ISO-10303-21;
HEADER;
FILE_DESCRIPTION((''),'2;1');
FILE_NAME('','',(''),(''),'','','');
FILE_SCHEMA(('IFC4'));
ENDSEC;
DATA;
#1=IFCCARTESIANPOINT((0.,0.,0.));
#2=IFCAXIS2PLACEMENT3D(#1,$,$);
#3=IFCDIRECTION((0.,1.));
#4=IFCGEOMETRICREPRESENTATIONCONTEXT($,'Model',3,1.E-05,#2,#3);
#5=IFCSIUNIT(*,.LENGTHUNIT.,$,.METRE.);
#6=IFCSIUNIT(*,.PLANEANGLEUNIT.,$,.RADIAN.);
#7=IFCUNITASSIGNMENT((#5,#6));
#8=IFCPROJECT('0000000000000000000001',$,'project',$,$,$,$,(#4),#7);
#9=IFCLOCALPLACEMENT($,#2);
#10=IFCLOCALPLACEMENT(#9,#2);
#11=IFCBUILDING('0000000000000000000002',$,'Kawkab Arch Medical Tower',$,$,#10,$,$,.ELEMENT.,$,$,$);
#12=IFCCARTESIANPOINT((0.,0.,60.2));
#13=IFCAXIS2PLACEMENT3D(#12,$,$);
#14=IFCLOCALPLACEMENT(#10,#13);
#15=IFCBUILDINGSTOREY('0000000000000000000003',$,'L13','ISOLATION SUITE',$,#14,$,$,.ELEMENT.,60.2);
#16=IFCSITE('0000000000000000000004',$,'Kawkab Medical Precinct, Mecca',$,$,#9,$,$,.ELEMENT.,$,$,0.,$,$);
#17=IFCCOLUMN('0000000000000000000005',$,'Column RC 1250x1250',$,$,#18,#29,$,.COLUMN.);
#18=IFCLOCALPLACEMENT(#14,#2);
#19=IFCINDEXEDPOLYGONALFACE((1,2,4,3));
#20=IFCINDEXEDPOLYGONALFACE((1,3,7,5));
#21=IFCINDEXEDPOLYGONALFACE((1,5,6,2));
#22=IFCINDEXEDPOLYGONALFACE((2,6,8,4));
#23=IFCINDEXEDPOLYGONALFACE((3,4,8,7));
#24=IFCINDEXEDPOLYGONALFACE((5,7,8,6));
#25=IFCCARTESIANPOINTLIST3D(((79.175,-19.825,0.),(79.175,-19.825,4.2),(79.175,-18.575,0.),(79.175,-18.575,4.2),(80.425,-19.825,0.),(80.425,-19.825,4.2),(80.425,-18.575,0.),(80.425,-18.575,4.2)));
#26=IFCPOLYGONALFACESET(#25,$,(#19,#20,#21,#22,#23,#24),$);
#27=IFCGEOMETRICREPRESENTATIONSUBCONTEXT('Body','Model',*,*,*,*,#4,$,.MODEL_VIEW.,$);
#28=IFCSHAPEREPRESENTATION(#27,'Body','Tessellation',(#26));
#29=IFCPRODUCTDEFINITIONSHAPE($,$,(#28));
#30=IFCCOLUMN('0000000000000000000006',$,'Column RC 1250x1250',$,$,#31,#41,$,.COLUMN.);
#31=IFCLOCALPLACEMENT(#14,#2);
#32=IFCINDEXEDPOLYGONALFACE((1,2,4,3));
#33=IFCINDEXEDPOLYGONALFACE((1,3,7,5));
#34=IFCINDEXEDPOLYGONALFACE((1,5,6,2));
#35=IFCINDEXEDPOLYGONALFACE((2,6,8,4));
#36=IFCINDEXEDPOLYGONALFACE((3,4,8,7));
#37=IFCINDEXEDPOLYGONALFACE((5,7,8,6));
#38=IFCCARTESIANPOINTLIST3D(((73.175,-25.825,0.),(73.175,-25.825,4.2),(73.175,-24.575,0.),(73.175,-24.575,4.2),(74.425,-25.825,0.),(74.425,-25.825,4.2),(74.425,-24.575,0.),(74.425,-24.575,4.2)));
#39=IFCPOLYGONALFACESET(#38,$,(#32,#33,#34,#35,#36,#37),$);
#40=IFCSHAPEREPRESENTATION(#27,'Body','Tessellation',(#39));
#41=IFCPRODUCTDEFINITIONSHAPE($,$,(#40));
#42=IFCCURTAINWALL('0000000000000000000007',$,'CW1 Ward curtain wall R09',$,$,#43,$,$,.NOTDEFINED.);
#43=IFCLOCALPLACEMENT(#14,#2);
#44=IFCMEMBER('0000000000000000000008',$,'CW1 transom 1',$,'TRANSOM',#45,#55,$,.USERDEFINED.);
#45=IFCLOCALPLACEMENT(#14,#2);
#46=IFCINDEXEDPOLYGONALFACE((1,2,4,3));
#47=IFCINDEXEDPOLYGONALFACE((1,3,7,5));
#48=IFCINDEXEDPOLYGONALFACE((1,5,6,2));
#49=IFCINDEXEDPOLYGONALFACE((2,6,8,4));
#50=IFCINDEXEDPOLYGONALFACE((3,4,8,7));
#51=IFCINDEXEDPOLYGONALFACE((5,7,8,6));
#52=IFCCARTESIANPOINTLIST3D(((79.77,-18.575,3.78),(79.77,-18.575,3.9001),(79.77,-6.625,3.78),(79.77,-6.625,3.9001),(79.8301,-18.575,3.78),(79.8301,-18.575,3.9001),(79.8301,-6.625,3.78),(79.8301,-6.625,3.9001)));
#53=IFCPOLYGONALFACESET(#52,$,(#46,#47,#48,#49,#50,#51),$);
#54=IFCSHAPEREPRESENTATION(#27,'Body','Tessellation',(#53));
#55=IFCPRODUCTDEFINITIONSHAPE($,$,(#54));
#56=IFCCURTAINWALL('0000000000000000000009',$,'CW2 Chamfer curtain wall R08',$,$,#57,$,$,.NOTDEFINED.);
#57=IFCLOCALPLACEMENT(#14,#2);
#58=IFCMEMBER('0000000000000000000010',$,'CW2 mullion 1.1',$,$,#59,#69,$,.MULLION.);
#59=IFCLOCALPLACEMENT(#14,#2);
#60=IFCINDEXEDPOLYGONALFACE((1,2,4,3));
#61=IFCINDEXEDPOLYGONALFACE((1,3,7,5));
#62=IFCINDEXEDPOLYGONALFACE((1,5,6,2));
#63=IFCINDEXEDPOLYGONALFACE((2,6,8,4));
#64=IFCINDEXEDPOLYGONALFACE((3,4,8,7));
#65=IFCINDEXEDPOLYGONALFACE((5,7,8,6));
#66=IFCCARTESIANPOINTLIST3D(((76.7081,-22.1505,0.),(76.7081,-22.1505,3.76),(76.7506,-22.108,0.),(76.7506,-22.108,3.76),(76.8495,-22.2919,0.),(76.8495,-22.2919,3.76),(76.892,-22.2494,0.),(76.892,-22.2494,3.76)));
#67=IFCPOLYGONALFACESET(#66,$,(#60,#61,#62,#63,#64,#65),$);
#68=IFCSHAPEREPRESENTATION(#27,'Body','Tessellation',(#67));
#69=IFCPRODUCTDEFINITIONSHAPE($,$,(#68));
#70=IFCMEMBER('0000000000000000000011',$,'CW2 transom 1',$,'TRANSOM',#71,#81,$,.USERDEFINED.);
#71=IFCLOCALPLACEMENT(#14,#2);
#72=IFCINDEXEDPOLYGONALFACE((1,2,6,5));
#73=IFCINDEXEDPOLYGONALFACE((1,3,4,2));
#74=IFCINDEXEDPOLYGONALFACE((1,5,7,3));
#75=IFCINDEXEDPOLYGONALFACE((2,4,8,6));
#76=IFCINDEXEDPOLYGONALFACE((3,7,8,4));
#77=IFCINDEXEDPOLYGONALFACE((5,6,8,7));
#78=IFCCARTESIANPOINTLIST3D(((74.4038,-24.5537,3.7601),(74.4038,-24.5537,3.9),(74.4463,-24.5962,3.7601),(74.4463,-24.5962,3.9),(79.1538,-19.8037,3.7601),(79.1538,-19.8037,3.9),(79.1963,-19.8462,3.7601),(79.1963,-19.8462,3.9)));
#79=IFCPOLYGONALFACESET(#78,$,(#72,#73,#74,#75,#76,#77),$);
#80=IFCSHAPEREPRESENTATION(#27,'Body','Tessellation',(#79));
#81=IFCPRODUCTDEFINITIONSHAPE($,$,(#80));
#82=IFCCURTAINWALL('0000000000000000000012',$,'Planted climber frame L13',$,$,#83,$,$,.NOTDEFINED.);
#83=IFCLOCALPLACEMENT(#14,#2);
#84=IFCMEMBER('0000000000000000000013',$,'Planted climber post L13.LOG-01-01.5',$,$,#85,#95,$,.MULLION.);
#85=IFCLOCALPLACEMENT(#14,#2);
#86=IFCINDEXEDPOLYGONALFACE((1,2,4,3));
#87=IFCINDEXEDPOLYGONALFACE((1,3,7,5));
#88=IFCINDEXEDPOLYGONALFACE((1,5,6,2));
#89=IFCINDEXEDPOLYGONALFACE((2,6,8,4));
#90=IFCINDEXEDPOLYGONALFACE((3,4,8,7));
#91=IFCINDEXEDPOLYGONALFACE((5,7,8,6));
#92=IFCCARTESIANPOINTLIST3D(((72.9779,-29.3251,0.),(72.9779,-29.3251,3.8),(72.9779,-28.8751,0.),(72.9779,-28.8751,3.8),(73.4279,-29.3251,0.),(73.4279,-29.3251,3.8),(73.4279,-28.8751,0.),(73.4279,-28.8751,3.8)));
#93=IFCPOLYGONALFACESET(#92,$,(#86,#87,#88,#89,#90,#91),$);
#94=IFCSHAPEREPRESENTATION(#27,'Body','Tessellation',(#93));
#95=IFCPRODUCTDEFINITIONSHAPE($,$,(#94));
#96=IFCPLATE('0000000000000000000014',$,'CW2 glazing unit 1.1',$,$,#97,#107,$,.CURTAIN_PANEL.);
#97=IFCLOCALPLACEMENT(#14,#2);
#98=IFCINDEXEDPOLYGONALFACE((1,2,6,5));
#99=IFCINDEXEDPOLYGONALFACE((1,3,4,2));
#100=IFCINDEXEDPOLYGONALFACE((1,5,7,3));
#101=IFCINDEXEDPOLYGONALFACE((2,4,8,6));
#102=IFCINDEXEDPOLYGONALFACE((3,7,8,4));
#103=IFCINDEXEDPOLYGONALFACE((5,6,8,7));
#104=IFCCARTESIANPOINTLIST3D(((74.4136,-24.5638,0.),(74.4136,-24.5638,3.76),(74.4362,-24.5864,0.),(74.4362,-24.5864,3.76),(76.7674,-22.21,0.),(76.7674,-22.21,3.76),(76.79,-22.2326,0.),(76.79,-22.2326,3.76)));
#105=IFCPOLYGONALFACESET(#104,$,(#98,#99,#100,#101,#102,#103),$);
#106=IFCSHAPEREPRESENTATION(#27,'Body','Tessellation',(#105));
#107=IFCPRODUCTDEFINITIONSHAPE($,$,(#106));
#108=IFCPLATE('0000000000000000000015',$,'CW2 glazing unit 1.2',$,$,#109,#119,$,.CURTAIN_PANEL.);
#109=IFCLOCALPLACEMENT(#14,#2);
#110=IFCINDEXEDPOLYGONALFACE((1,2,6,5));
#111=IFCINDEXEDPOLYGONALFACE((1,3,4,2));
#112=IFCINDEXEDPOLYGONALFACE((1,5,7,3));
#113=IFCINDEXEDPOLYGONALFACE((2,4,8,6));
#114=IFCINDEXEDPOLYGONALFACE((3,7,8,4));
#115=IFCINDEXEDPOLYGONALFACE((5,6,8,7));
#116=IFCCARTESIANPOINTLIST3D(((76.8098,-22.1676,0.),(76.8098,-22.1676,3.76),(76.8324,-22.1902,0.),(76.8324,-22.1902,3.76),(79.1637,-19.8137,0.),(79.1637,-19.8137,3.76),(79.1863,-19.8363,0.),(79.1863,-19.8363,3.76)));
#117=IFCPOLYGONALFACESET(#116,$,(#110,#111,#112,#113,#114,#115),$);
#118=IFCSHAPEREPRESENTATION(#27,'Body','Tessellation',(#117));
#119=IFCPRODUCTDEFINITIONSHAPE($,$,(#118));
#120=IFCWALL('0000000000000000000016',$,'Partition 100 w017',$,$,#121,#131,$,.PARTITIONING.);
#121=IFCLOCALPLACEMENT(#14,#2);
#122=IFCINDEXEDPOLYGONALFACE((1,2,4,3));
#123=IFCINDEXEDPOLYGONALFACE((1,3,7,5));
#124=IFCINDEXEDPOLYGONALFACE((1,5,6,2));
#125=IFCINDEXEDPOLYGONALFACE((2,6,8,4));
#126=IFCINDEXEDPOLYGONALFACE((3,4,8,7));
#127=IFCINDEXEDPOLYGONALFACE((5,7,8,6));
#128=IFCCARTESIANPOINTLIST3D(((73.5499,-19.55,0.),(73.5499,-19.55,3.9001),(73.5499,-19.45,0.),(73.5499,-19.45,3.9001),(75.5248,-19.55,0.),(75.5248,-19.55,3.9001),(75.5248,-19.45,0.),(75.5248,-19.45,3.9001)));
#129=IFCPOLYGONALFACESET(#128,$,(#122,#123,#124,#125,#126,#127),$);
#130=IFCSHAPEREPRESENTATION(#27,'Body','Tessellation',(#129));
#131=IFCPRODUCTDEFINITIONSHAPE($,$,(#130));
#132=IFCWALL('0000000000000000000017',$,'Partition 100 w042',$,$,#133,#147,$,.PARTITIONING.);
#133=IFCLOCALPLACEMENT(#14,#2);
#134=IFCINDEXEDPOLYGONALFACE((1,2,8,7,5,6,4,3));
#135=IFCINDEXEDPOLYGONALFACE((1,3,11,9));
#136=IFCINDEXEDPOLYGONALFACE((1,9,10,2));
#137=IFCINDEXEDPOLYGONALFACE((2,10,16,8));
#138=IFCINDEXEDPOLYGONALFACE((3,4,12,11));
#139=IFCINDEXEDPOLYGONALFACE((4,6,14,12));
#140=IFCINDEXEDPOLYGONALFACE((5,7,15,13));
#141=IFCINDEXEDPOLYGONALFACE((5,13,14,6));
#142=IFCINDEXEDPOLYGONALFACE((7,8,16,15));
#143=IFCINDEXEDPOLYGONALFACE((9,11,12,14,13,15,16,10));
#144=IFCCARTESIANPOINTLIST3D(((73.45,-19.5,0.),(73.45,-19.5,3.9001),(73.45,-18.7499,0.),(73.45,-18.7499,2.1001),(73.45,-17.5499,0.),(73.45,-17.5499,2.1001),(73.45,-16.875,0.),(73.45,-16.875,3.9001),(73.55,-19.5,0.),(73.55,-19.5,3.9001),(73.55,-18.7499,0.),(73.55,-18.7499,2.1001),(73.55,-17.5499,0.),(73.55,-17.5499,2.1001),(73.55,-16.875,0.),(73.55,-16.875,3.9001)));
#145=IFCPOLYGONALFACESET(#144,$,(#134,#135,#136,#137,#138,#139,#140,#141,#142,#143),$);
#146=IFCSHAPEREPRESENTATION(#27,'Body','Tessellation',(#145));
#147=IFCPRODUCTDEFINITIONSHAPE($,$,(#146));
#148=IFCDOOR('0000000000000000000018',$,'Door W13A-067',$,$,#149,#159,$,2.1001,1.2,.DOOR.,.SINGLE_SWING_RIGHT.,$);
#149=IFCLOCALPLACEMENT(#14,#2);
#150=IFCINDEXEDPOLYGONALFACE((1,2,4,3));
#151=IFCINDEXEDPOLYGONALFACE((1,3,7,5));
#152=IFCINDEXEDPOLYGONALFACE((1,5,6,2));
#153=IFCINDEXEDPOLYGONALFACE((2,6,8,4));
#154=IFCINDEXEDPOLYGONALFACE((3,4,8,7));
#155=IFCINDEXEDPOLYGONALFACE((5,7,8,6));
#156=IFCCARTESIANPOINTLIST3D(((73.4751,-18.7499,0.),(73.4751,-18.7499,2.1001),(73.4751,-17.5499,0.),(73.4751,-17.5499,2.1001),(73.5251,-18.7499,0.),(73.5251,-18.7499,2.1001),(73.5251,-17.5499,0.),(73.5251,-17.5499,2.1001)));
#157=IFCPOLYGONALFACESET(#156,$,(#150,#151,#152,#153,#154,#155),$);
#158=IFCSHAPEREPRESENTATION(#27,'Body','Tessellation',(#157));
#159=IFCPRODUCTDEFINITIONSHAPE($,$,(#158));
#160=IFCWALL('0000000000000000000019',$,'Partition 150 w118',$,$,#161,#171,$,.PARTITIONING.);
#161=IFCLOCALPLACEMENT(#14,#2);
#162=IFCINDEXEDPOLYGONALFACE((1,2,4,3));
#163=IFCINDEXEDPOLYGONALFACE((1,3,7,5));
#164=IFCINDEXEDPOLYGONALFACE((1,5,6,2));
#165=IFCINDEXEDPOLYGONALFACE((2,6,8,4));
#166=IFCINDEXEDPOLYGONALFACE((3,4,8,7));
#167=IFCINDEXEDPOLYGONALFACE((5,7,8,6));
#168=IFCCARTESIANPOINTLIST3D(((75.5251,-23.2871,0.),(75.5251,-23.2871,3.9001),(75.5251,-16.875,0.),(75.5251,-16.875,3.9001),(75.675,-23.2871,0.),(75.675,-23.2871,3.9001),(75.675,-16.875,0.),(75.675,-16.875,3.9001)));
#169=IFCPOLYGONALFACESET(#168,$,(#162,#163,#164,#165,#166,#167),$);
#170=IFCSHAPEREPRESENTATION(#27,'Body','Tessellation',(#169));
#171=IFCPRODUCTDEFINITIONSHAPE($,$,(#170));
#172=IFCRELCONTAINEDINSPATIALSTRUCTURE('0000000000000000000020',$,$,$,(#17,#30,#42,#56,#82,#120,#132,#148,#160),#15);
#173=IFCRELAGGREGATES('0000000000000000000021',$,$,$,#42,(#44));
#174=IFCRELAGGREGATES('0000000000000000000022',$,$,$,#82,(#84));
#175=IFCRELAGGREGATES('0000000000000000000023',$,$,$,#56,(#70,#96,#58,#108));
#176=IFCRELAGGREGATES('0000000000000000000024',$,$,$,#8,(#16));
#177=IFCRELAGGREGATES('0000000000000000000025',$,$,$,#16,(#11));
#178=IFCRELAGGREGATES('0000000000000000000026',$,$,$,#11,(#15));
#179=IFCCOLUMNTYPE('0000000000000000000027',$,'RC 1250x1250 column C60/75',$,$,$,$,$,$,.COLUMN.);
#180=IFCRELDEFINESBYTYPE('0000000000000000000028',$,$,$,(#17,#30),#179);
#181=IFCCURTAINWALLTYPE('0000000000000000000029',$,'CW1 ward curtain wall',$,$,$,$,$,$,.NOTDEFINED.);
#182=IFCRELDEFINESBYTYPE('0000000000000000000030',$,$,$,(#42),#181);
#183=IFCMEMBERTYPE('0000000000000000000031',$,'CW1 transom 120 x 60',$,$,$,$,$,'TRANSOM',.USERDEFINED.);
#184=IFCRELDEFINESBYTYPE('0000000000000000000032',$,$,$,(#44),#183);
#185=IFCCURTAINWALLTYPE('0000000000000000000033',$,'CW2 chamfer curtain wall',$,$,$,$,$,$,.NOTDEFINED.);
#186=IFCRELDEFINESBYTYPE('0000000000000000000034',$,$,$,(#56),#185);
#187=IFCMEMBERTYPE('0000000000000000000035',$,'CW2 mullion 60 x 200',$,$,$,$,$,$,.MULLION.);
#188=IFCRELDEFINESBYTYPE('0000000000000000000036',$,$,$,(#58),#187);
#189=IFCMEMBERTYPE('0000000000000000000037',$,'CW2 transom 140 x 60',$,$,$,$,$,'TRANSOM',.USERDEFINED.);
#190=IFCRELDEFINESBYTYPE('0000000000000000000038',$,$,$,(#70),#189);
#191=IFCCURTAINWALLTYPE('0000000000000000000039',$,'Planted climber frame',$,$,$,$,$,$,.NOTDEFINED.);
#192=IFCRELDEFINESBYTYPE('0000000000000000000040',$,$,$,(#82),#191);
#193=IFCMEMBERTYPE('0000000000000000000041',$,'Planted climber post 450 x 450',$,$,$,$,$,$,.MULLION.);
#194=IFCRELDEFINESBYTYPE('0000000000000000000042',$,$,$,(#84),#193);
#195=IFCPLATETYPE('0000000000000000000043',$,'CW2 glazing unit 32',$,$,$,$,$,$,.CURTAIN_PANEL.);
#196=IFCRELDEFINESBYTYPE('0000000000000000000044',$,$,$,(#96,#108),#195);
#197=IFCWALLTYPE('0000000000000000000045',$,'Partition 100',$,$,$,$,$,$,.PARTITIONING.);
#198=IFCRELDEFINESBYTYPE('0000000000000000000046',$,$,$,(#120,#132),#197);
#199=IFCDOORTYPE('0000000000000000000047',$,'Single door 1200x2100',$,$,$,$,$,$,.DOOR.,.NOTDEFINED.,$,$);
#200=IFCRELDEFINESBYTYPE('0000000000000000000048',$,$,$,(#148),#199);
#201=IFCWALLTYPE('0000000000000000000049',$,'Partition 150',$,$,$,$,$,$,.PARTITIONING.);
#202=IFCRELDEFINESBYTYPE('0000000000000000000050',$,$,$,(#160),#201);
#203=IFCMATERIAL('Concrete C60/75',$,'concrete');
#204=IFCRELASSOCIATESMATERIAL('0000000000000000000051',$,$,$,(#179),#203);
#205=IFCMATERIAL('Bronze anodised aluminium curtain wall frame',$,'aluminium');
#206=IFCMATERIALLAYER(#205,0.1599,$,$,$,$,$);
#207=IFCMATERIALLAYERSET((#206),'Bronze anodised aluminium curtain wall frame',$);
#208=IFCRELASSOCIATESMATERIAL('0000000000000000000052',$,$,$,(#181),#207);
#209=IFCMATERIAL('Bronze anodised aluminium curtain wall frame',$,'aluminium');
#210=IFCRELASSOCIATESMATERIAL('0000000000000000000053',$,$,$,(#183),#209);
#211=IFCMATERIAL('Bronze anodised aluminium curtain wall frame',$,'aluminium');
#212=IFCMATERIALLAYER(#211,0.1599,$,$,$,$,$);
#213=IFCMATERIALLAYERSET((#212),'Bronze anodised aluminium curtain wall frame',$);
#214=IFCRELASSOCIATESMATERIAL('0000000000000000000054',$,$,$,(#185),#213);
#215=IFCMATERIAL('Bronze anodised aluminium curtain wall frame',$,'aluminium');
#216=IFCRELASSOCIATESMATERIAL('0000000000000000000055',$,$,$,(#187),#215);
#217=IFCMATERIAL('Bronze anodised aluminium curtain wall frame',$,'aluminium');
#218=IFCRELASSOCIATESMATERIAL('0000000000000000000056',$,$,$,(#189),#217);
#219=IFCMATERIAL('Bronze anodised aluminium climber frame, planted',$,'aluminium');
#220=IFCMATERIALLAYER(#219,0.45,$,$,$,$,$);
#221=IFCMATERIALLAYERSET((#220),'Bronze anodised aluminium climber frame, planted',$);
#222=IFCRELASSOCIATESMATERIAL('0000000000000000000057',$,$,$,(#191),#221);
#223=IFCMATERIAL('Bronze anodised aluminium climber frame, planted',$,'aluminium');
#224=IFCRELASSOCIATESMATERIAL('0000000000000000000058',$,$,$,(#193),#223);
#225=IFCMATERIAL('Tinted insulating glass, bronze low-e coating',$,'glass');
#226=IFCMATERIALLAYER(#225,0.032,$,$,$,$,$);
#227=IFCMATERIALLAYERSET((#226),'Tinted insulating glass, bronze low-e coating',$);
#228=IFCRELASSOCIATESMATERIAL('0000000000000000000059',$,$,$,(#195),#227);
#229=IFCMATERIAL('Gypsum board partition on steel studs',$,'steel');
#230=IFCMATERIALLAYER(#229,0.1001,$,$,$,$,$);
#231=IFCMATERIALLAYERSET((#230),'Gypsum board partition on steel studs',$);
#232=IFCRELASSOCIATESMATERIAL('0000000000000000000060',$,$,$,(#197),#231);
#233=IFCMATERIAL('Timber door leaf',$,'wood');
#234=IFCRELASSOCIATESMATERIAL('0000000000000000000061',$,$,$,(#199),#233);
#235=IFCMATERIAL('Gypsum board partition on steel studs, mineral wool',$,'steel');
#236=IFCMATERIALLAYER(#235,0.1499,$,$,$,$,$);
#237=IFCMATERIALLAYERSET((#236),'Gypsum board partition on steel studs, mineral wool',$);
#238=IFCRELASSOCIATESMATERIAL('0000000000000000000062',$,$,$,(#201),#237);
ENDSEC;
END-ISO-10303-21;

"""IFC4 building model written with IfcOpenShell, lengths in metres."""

from ifc_helpers import new_model, si_unit, direction, frame, frame_2d, origin, origin_2d, place, context, subcontext, project, spatial, rectangle, extrude, material, layer, layer_set, material_profile, profile_set, type_object, element, fill, aggregate, save


model = new_model("IFC4")

# Units and contexts
model_context = context("Model", 3, precision=1e-05, world=origin(), true_north=direction((0.0, 1.0)))
body_context = subcontext(model_context, "Body", "Model", "MODEL_VIEW")
ifc_project = project(units=[si_unit("LENGTHUNIT", "METRE"), si_unit("PLANEANGLEUNIT", "RADIAN")], contexts=[model_context])

# Site, building, storey
site_placement = place(None, origin())
site = spatial("IfcSite", under=ifc_project, at=site_placement, Name="Kawkab Medical Precinct, Mecca", CompositionType="ELEMENT", RefElevation=0.0)
building_placement = place(site_placement, origin())
building = spatial("IfcBuilding", under=site, at=building_placement, Name="Kawkab Arch Medical Tower", CompositionType="ELEMENT")
storey_placement = place(building_placement, frame((0.0, 0.0, 60.2)))
storey = spatial("IfcBuildingStorey", under=building, at=storey_placement, Name="L13", Description="ISOLATION SUITE", CompositionType="ELEMENT", Elevation=60.2)

# Columns
ifc_material_1 = material(Name="Concrete C60/75", Category="concrete")
ifc_material_profile_1 = material_profile(ifc_material_1, rectangle(XDim=1.25, YDim=1.25, at=origin_2d()), Name="RC 1250x1250")
ifc_profile_set_1 = profile_set([ifc_material_profile_1], Name="Concrete C60/75")
column_type = type_object("IfcColumnType", Name="RC 1250x1250 column C60/75", PredefinedType="COLUMN", material=ifc_profile_set_1)
for number, where, z_axis, x_axis, name in (
    (1, (79.8, -19.2, 0.0), (0.0, 0.0, 1.0), (1.0, 0.0, 0.0), "Column RC 1250x1250"),
    (2, (73.8, -25.2, 0.0), (0.0, 0.0, 1.0), (1.0, 0.0, 0.0), "Column RC 1250x1250"),
):
    element("IfcColumn", number, at=place(storey_placement, frame(where, z_axis=z_axis, x_axis=x_axis)), inside=storey, type_object=column_type, Name=name, PredefinedType="COLUMN", context=body_context, shape_type="SweptSolid", body=[
        extrude(rectangle(XDim=1.25, YDim=1.25, at=origin_2d()), origin(), (0.0, 0.0, 1.0), 4.2),
    ])

# Curtain wall, member
ifc_material_2 = material(Name="Bronze anodised aluminium curtain wall frame", Category="aluminium")
ifc_layer_1 = layer(ifc_material_2, 0.1599)
ifc_layer_set_1 = layer_set([ifc_layer_1], Name="Bronze anodised aluminium curtain wall frame")
curtain_wall_type_1 = type_object("IfcCurtainWallType", Name="CW1 ward curtain wall", PredefinedType="NOTDEFINED", material=ifc_layer_set_1)
placement = place(storey_placement, origin())
curtain_wall_1 = element("IfcCurtainWall", 3, at=placement, inside=storey, type_object=curtain_wall_type_1, Name="CW1 Ward curtain wall R09", PredefinedType="NOTDEFINED")
ifc_material_3 = material(Name="Bronze anodised aluminium curtain wall frame", Category="aluminium")
ifc_material_profile_2 = material_profile(ifc_material_3, rectangle(XDim=0.0601, YDim=0.1201, at=origin_2d()), Name="AL 60x120")
ifc_profile_set_2 = profile_set([ifc_material_profile_2], Name="Bronze anodised aluminium curtain wall frame")
member_type_1 = type_object("IfcMemberType", Name="CW1 transom 120 x 60", ElementType="TRANSOM", PredefinedType="USERDEFINED", material=ifc_profile_set_2)
member_1_placement = place(storey_placement, frame((79.8, -18.575, 3.8401), z_axis=(0.0, 1.0, 0.0), x_axis=(-1.0, 0.0, 0.0)))
member_1 = element("IfcMember", 4, at=member_1_placement, type_object=member_type_1, Name="CW1 transom 1", ObjectType="TRANSOM", PredefinedType="USERDEFINED", context=body_context, shape_type="SweptSolid", body=[
    extrude(rectangle(XDim=0.0601, YDim=0.1201, at=origin_2d()), origin(), (0.0, 0.0, 1.0), 11.95),
])
aggregate(curtain_wall_1, [member_1])

# Curtain wall, members
ifc_material_4 = material(Name="Bronze anodised aluminium curtain wall frame", Category="aluminium")
ifc_layer_2 = layer(ifc_material_4, 0.1599)
ifc_layer_set_2 = layer_set([ifc_layer_2], Name="Bronze anodised aluminium curtain wall frame")
curtain_wall_type_2 = type_object("IfcCurtainWallType", Name="CW2 chamfer curtain wall", PredefinedType="NOTDEFINED", material=ifc_layer_set_2)
curtain_wall_2 = element("IfcCurtainWall", 5, at=placement, inside=storey, type_object=curtain_wall_type_2, Name="CW2 Chamfer curtain wall R08", PredefinedType="NOTDEFINED")
ifc_material_5 = material(Name="Bronze anodised aluminium curtain wall frame", Category="aluminium")
ifc_material_profile_3 = material_profile(ifc_material_5, rectangle(XDim=0.2, YDim=0.0601, at=origin_2d()), Name="AL 60x200")
ifc_profile_set_3 = profile_set([ifc_material_profile_3], Name="Bronze anodised aluminium curtain wall frame")
member_type_2 = type_object("IfcMemberType", Name="CW2 mullion 60 x 200", PredefinedType="MULLION", material=ifc_profile_set_3)
member_2_placement = place(storey_placement, frame((76.8, -22.2, 0.0), z_axis=(0.0, 0.0, 1.0), x_axis=(-0.707107, 0.707107, 0.0)))
member_2 = element("IfcMember", 6, at=member_2_placement, type_object=member_type_2, Name="CW2 mullion 1.1", PredefinedType="MULLION", context=body_context, shape_type="SweptSolid", body=[
    extrude(rectangle(XDim=0.2, YDim=0.0601, at=origin_2d()), origin(), (0.0, 0.0, 1.0), 3.76),
])
ifc_material_6 = material(Name="Bronze anodised aluminium curtain wall frame", Category="aluminium")
ifc_material_profile_4 = material_profile(ifc_material_6, rectangle(XDim=0.0601, YDim=0.1399, at=origin_2d()), Name="AL 60x140")
ifc_profile_set_4 = profile_set([ifc_material_profile_4], Name="Bronze anodised aluminium curtain wall frame")
member_type_3 = type_object("IfcMemberType", Name="CW2 transom 140 x 60", ElementType="TRANSOM", PredefinedType="USERDEFINED", material=ifc_profile_set_4)
member_3_placement = place(storey_placement, frame((74.425, -24.575, 3.8301), z_axis=(0.707107, 0.707107, 0.0), x_axis=(-0.707107, 0.707107, 0.0)))
member_3 = element("IfcMember", 7, at=member_3_placement, type_object=member_type_3, Name="CW2 transom 1", ObjectType="TRANSOM", PredefinedType="USERDEFINED", context=body_context, shape_type="SweptSolid", body=[
    extrude(rectangle(XDim=0.0601, YDim=0.1399, at=origin_2d()), origin(), (0.0, 0.0, 1.0), 6.7175),
])

# Curtain wall, member
ifc_material_7 = material(Name="Bronze anodised aluminium climber frame, planted", Category="aluminium")
ifc_layer_3 = layer(ifc_material_7, 0.45)
ifc_layer_set_3 = layer_set([ifc_layer_3], Name="Bronze anodised aluminium climber frame, planted")
curtain_wall_type_3 = type_object("IfcCurtainWallType", Name="Planted climber frame", PredefinedType="NOTDEFINED", material=ifc_layer_set_3)
curtain_wall_3 = element("IfcCurtainWall", 8, at=placement, inside=storey, type_object=curtain_wall_type_3, Name="Planted climber frame L13", PredefinedType="NOTDEFINED")
ifc_material_8 = material(Name="Bronze anodised aluminium climber frame, planted", Category="aluminium")
ifc_material_profile_5 = material_profile(ifc_material_8, rectangle(XDim=0.45, YDim=0.45, at=origin_2d()), Name="Post 450x450")
ifc_profile_set_5 = profile_set([ifc_material_profile_5], Name="Bronze anodised aluminium climber frame, planted")
member_type_4 = type_object("IfcMemberType", Name="Planted climber post 450 x 450", PredefinedType="MULLION", material=ifc_profile_set_5)
member_4_placement = place(storey_placement, frame((73.2029, -29.1001, 0.0), z_axis=(0.0, 0.0, 1.0), x_axis=(1.0, 0.0, 0.0)))
member_4 = element("IfcMember", 9, at=member_4_placement, type_object=member_type_4, Name="Planted climber post L13.LOG-01-01.5", PredefinedType="MULLION", context=body_context, shape_type="SweptSolid", body=[
    extrude(rectangle(XDim=0.45, YDim=0.45, at=origin_2d()), origin(), (0.0, 0.0, 1.0), 3.8),
])
aggregate(curtain_wall_3, [member_4])

# Plates
ifc_material_9 = material(Name="Tinted insulating glass, bronze low-e coating", Category="glass")
ifc_layer_4 = layer(ifc_material_9, 0.032)
ifc_layer_set_4 = layer_set([ifc_layer_4], Name="Tinted insulating glass, bronze low-e coating")
plate_type = type_object("IfcPlateType", Name="CW2 glazing unit 32", PredefinedType="CURTAIN_PANEL", material=ifc_layer_set_4)
plate_1_placement = place(storey_placement, frame((75.6018, -23.3982, 0.0), z_axis=(0.0, 0.0, 1.0), x_axis=(0.707107, 0.707107, 0.0)))
plate_1 = element("IfcPlate", 10, at=plate_1_placement, type_object=plate_type, Name="CW2 glazing unit 1.1", PredefinedType="CURTAIN_PANEL", context=body_context, shape_type="SweptSolid", body=[
    extrude(rectangle(XDim=3.3289, YDim=0.032, at=origin_2d()), origin(), (0.0, 0.0, 1.0), 3.76),
])
plate_2_placement = place(storey_placement, frame((77.998, -21.002, 0.0), z_axis=(0.0, 0.0, 1.0), x_axis=(0.707107, 0.707107, 0.0)))
plate_2 = element("IfcPlate", 11, at=plate_2_placement, type_object=plate_type, Name="CW2 glazing unit 1.2", PredefinedType="CURTAIN_PANEL", context=body_context, shape_type="SweptSolid", body=[
    extrude(rectangle(XDim=3.3289, YDim=0.032, at=origin_2d()), origin(), (0.0, 0.0, 1.0), 3.76),
])
aggregate(curtain_wall_2, [member_3, plate_1, member_2, plate_2])

# Wall
ifc_material_10 = material(Name="Gypsum board partition on steel studs", Category="steel")
ifc_layer_5 = layer(ifc_material_10, 0.1001)
ifc_layer_set_5 = layer_set([ifc_layer_5], Name="Gypsum board partition on steel studs")
wall_type_1 = type_object("IfcWallType", Name="Partition 100", PredefinedType="PARTITIONING", material=ifc_layer_set_5)
wall_1_placement = place(storey_placement, frame((73.55, -19.5, 0.0), z_axis=(0.0, 0.0, 1.0), x_axis=(1.0, 0.0, 0.0)))
element("IfcWall", 12, at=wall_1_placement, inside=storey, type_object=wall_type_1, Name="Partition 100 w017", PredefinedType="PARTITIONING", context=body_context, shape_type="SweptSolid", body=[
    extrude(rectangle(XDim=1.9749, YDim=0.1001, at=frame_2d((0.9873, 0.0))), origin(), (0.0, 0.0, 1.0), 3.9001),
])

# Wall, opening, door
wall_2_placement = place(storey_placement, frame((73.5, -19.5, 0.0), z_axis=(0.0, 0.0, 1.0), x_axis=(0.0, 1.0, 0.0)))
wall_2 = element("IfcWall", 13, at=wall_2_placement, inside=storey, type_object=wall_type_1, Name="Partition 100 w042", PredefinedType="PARTITIONING", context=body_context, shape_type="SweptSolid", body=[
    extrude(rectangle(XDim=2.625, YDim=0.1001, at=frame_2d((1.3125, 0.0))), origin(), (0.0, 0.0, 1.0), 3.9001),
])
opening_placement = place(wall_2_placement, frame((0.75, 0.0, 0.0)))
opening = element("IfcOpeningElement", 14, at=opening_placement, cuts=wall_2, PredefinedType="OPENING", context=body_context, shape_type="SweptSolid", body=[
    extrude(rectangle(XDim=1.2, YDim=2.1001, at=frame_2d((0.6001, 1.05))), frame((0.0, 0.0601, 0.0), z_axis=(0.0, -1.0, 0.0), x_axis=(1.0, 0.0, 0.0)), (0.0, 0.0, 1.0), 0.1201),
])
ifc_material_11 = material(Name="Timber door leaf", Category="wood")
door_type = type_object("IfcDoorType", Name="Single door 1200x2100", OperationType="NOTDEFINED", PredefinedType="DOOR", material=ifc_material_11)
door_placement = place(opening_placement, origin())
door = element("IfcDoor", 15, at=door_placement, inside=storey, type_object=door_type, Name="Door W13A-067", OperationType="SINGLE_SWING_RIGHT", OverallHeight=2.1001, OverallWidth=1.2, PredefinedType="DOOR", context=body_context, shape_type="SweptSolid", body=[
    extrude(rectangle(XDim=1.2, YDim=2.1001, at=frame_2d((0.6001, 1.05))), frame((0.0, 0.0249, 0.0), z_axis=(0.0, -1.0, 0.0), x_axis=(1.0, 0.0, 0.0)), (0.0, 0.0, 1.0), 0.05),
])
fill(opening, door)

# Wall
ifc_material_12 = material(Name="Gypsum board partition on steel studs, mineral wool", Category="steel")
ifc_layer_6 = layer(ifc_material_12, 0.1499)
ifc_layer_set_6 = layer_set([ifc_layer_6], Name="Gypsum board partition on steel studs, mineral wool")
wall_type_2 = type_object("IfcWallType", Name="Partition 150", PredefinedType="PARTITIONING", material=ifc_layer_set_6)
wall_3_placement = place(storey_placement, frame((75.6001, -23.2871, 0.0), z_axis=(0.0, 0.0, 1.0), x_axis=(0.0, 1.0, 0.0)))
element("IfcWall", 16, at=wall_3_placement, inside=storey, type_object=wall_type_2, Name="Partition 150 w118", PredefinedType="PARTITIONING", context=body_context, shape_type="SweptSolid", body=[
    extrude(rectangle(XDim=6.4121, YDim=0.1499, at=frame_2d((3.2061, 0.0))), origin(), (0.0, 0.0, 1.0), 3.9001),
])

save(model, "model.ifc")
